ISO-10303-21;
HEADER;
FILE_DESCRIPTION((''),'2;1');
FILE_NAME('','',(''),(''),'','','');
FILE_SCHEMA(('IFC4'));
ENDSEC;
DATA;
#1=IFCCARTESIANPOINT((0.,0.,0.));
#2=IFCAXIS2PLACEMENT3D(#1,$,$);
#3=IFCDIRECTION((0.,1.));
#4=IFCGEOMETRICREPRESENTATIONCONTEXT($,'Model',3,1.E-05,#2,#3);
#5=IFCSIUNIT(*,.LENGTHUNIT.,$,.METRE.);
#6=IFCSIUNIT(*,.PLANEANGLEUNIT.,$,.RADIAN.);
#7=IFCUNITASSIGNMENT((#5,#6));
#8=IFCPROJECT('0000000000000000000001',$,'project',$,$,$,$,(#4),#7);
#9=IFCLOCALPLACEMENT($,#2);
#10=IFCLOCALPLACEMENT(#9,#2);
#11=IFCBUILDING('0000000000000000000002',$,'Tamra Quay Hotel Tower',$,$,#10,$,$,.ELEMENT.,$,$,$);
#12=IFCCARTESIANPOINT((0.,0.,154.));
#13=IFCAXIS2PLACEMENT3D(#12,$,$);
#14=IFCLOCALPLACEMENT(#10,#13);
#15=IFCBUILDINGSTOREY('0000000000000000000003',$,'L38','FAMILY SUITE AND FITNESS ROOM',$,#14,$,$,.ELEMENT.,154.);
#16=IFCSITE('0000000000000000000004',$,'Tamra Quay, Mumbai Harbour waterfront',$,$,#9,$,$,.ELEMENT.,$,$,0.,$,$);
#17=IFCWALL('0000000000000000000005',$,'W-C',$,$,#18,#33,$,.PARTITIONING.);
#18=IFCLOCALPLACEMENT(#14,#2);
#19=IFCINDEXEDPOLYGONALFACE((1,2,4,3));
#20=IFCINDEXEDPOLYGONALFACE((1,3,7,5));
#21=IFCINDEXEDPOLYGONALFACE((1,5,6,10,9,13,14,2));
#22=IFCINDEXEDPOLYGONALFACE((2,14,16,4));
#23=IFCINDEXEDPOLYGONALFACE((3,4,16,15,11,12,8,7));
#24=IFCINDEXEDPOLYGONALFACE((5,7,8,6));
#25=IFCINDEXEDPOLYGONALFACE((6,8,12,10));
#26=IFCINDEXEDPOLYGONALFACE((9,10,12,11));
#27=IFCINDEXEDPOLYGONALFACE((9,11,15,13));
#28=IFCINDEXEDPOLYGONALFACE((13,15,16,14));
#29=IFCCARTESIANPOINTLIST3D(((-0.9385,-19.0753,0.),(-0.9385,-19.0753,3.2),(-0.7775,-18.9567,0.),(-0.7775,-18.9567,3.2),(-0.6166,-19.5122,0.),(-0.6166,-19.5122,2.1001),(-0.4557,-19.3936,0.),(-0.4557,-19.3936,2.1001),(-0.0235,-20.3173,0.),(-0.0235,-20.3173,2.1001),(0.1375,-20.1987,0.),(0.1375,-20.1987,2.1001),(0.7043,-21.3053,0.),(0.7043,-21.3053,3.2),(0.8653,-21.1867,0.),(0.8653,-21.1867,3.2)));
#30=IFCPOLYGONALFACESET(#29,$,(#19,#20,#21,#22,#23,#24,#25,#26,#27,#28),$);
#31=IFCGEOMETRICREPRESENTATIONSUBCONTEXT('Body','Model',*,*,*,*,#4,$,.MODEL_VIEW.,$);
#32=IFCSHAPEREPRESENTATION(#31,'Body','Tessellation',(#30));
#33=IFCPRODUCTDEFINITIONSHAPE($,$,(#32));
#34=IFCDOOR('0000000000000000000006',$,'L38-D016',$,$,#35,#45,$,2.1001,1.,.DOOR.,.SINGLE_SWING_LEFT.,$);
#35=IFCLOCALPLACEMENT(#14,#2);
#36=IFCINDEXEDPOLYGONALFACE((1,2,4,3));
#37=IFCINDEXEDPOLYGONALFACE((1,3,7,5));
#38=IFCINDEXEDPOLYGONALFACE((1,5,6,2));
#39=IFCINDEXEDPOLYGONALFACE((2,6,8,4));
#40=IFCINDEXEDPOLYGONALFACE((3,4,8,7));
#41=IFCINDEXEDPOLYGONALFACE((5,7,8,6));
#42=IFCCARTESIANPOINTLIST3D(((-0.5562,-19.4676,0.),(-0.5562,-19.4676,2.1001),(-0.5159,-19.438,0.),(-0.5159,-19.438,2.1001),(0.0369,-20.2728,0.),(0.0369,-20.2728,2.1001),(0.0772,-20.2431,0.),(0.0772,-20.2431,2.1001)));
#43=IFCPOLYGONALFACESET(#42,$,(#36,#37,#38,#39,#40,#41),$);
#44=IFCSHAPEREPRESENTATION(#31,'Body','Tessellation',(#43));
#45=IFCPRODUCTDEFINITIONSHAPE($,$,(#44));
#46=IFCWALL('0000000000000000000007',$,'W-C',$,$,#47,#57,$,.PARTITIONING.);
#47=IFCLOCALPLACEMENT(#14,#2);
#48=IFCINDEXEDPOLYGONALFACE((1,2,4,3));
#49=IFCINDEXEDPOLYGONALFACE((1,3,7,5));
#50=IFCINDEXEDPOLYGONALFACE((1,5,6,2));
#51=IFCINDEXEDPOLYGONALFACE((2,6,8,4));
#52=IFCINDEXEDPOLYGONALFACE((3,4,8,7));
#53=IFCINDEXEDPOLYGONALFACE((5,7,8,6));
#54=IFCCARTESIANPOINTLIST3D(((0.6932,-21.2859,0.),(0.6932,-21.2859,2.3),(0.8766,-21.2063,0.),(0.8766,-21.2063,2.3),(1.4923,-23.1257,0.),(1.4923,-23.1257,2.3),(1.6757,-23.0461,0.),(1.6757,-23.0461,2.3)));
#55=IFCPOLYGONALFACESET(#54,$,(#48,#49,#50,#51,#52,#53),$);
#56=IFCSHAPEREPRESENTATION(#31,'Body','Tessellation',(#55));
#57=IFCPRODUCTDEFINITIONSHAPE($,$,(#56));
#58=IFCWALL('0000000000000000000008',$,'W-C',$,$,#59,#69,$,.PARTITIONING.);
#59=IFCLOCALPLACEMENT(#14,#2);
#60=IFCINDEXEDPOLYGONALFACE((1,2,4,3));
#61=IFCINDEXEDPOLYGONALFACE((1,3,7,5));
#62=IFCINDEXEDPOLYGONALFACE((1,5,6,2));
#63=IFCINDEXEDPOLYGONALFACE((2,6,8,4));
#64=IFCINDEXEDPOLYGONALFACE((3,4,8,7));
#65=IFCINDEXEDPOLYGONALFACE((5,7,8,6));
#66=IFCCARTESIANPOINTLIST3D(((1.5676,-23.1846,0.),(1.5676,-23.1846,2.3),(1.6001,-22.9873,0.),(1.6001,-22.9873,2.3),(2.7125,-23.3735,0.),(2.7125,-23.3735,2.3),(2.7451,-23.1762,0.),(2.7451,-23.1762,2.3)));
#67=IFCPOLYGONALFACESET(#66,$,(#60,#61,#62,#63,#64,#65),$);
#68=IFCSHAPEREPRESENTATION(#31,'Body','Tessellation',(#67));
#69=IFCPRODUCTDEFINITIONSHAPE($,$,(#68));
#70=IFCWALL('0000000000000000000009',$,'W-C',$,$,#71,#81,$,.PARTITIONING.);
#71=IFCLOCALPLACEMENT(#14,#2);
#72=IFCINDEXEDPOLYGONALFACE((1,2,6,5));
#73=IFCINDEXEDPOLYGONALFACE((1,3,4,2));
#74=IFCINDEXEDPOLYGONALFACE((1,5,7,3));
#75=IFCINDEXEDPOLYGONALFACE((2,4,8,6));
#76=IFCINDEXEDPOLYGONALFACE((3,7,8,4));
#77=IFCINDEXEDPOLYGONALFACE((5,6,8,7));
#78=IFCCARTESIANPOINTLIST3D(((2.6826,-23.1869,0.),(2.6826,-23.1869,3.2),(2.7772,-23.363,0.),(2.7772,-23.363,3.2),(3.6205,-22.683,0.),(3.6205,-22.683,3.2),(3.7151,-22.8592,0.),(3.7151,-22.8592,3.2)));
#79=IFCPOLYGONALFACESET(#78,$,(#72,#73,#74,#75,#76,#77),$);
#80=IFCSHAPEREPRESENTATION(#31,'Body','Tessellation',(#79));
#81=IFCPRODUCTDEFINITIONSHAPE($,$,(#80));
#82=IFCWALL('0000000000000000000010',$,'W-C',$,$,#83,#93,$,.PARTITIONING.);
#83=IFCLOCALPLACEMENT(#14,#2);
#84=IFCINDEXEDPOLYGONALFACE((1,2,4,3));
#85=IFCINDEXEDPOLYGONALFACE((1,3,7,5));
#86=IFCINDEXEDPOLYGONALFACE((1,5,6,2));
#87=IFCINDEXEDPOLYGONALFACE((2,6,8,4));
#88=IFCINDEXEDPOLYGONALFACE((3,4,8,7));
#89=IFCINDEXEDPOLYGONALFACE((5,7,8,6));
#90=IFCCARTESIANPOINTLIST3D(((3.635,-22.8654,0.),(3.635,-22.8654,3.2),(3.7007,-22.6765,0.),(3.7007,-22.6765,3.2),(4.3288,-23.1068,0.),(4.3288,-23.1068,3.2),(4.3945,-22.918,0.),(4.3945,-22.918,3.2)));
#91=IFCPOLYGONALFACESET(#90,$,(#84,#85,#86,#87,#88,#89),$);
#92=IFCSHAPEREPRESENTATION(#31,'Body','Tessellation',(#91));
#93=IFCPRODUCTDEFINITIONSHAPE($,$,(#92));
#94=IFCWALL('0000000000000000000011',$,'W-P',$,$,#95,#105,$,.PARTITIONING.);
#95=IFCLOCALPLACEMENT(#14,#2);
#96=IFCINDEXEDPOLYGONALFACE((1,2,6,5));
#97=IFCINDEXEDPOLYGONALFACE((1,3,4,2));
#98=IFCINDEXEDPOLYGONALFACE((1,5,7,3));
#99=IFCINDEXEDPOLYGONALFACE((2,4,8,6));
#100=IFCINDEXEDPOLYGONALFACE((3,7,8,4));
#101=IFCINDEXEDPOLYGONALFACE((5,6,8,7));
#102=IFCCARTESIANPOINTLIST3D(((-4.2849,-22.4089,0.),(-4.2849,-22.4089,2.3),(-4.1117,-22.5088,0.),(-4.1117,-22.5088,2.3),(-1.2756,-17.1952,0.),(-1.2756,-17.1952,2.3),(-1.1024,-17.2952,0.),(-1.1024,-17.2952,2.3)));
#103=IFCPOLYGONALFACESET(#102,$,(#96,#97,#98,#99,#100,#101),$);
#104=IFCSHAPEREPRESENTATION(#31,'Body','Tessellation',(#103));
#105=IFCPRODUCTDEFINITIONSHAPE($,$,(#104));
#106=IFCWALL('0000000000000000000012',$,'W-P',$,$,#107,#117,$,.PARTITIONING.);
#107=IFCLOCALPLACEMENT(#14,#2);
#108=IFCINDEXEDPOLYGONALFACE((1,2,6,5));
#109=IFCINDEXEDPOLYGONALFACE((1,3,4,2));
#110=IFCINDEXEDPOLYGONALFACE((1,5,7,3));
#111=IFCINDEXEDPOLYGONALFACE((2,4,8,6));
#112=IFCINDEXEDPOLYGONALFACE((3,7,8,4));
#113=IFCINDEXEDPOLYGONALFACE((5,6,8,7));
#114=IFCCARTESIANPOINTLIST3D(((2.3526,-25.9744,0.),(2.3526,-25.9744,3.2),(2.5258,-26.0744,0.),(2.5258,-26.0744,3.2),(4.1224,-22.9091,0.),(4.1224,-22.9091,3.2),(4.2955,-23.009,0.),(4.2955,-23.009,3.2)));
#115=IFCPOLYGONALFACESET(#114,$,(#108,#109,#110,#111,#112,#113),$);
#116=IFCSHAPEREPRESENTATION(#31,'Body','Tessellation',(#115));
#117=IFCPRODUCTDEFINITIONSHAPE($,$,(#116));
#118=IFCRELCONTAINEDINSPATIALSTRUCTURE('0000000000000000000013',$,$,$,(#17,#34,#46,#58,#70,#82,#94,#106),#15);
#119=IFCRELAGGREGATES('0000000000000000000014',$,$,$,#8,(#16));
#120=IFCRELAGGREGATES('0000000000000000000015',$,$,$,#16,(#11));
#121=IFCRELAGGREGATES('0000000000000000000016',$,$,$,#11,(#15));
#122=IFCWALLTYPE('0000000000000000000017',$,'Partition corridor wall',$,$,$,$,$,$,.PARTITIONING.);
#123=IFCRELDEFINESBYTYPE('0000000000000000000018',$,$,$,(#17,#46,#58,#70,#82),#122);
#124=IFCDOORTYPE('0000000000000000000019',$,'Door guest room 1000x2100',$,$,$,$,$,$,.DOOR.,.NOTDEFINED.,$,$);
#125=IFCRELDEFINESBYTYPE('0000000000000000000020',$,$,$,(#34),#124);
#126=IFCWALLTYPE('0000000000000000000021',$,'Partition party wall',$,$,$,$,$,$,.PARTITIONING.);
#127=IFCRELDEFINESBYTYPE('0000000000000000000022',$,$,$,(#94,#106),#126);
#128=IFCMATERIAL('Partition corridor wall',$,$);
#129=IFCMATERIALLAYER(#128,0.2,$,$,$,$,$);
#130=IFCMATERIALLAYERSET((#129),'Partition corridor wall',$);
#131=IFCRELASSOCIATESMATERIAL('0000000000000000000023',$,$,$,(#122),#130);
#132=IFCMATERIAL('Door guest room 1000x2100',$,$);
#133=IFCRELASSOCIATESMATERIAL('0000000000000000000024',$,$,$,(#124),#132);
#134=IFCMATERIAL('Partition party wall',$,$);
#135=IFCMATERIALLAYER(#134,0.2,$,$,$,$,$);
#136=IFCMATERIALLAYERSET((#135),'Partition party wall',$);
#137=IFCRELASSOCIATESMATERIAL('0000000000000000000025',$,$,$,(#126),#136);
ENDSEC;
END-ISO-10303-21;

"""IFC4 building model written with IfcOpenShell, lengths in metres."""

from ifc_helpers import new_model, si_unit, direction, frame, frame_2d, origin, place, context, subcontext, project, spatial, rectangle, extrude, material, layer, layer_set, type_object, element, fill, save


model = new_model("IFC4")

# Units and contexts
model_context = context("Model", 3, precision=1e-05, world=origin(), true_north=direction((0.0, 1.0)))
body_context = subcontext(model_context, "Body", "Model", "MODEL_VIEW")
ifc_project = project(units=[si_unit("LENGTHUNIT", "METRE"), si_unit("PLANEANGLEUNIT", "RADIAN")], contexts=[model_context])

# Site, building, storey
site_placement = place(None, origin())
site = spatial("IfcSite", under=ifc_project, at=site_placement, Name="Tamra Quay, Mumbai Harbour waterfront", CompositionType="ELEMENT", RefElevation=0.0)
building_placement = place(site_placement, origin())
building = spatial("IfcBuilding", under=site, at=building_placement, Name="Tamra Quay Hotel Tower", CompositionType="ELEMENT")
storey_placement = place(building_placement, frame((0.0, 0.0, 154.0)))
storey = spatial("IfcBuildingStorey", under=building, at=storey_placement, Name="L38", Description="FAMILY SUITE AND FITNESS ROOM", CompositionType="ELEMENT", Elevation=154.0)

# Wall, opening, door
ifc_material_1 = material(Name="Partition corridor wall")
ifc_layer_1 = layer(ifc_material_1, 0.2)
ifc_layer_set_1 = layer_set([ifc_layer_1], Name="Partition corridor wall")
wall_type_1 = type_object("IfcWallType", Name="Partition corridor wall", PredefinedType="PARTITIONING", material=ifc_layer_set_1)
wall_1_placement = place(storey_placement, frame((-0.8579, -19.0161, 0.0), z_axis=(0.0, 0.0, 1.0), x_axis=(0.593124, -0.805111, 0.0)))
wall_1 = element("IfcWall", 1, at=wall_1_placement, inside=storey, type_object=wall_type_1, Name="W-C", PredefinedType="PARTITIONING", context=body_context, shape_type="SweptSolid", body=[
    extrude(rectangle(XDim=2.7698, YDim=0.2, at=frame_2d((1.3848, 0.0))), origin(), (0.0, 0.0, 1.0), 3.2),
])
opening_placement = place(wall_1_placement, frame((0.5425, 0.0, 0.0)))
opening = element("IfcOpeningElement", 2, at=opening_placement, cuts=wall_1, PredefinedType="OPENING", context=body_context, shape_type="SweptSolid", body=[
    extrude(rectangle(XDim=1.0, YDim=2.1001, at=frame_2d((0.5, 1.05))), frame((0.0, 0.1099, 0.0), z_axis=(0.0, -1.0, 0.0), x_axis=(1.0, 0.0, 0.0)), (0.0, 0.0, 1.0), 0.22),
])
ifc_material_2 = material(Name="Door guest room 1000x2100")
door_type = type_object("IfcDoorType", Name="Door guest room 1000x2100", OperationType="NOTDEFINED", PredefinedType="DOOR", material=ifc_material_2)
door_placement = place(opening_placement, frame((1.0, 0.0, 0.0), z_axis=(0.0, 0.0, 1.0), x_axis=(-1.0, 0.0, 0.0)))
door = element("IfcDoor", 3, at=door_placement, inside=storey, type_object=door_type, Name="L38-D016", OperationType="SINGLE_SWING_LEFT", OverallHeight=2.1001, OverallWidth=1.0, PredefinedType="DOOR", context=body_context, shape_type="SweptSolid", body=[
    extrude(rectangle(XDim=1.0, YDim=2.1001, at=frame_2d((0.5, 1.05))), frame((0.0, 0.0249, 0.0), z_axis=(0.0, -1.0, 0.0), x_axis=(1.0, 0.0, 0.0)), (0.0, 0.0, 1.0), 0.05),
])
fill(opening, door)

# Walls
wall_2_placement = place(storey_placement, frame((0.7849, -21.2461, 0.0), z_axis=(0.0, 0.0, 1.0), x_axis=(0.398366, -0.917227, 0.0)))
element("IfcWall", 4, at=wall_2_placement, inside=storey, type_object=wall_type_1, Name="W-C", PredefinedType="PARTITIONING", context=body_context, shape_type="SweptSolid", body=[
    extrude(rectangle(XDim=2.0059, YDim=0.2, at=frame_2d((1.0029, 0.0))), origin(), (0.0, 0.0, 1.0), 2.3),
])
wall_3_placement = place(storey_placement, frame((1.584, -23.0859, 0.0), z_axis=(0.0, 0.0, 1.0), x_axis=(0.986654, -0.16283, 0.0)))
element("IfcWall", 5, at=wall_3_placement, inside=storey, type_object=wall_type_1, Name="W-C", PredefinedType="PARTITIONING", context=body_context, shape_type="SweptSolid", body=[
    extrude(rectangle(XDim=1.1604, YDim=0.2, at=frame_2d((0.5801, 0.0))), origin(), (0.0, 0.0, 1.0), 2.3),
])
wall_4_placement = place(storey_placement, frame((2.73, -23.2749, 0.0), z_axis=(0.0, 0.0, 1.0), x_axis=(0.880927, 0.473252, 0.0)))
element("IfcWall", 6, at=wall_4_placement, inside=storey, type_object=wall_type_1, Name="W-C", PredefinedType="PARTITIONING", context=body_context, shape_type="SweptSolid", body=[
    extrude(rectangle(XDim=1.0647, YDim=0.2, at=frame_2d((0.5322, 0.0))), origin(), (0.0, 0.0, 1.0), 3.2),
])
wall_5_placement = place(storey_placement, frame((3.668, -22.771, 0.0), z_axis=(0.0, 0.0, 1.0), x_axis=(0.944447, -0.328662, 0.0)))
element("IfcWall", 7, at=wall_5_placement, inside=storey, type_object=wall_type_1, Name="W-C", PredefinedType="PARTITIONING", context=body_context, shape_type="SweptSolid", body=[
    extrude(rectangle(XDim=0.7346, YDim=0.2, at=frame_2d((0.3672, 0.0))), origin(), (0.0, 0.0, 1.0), 3.2),
])
ifc_material_3 = material(Name="Partition party wall")
ifc_layer_2 = layer(ifc_material_3, 0.2)
ifc_layer_set_2 = layer_set([ifc_layer_2], Name="Partition party wall")
wall_type_2 = type_object("IfcWallType", Name="Partition party wall", PredefinedType="PARTITIONING", material=ifc_layer_set_2)
wall_6_placement = place(storey_placement, frame((-4.1982, -22.4587, 0.0), z_axis=(0.0, 0.0, 1.0), x_axis=(0.499899, 0.866084, 0.0)))
element("IfcWall", 8, at=wall_6_placement, inside=storey, type_object=wall_type_2, Name="W-P", PredefinedType="PARTITIONING", context=body_context, shape_type="SweptSolid", body=[
    extrude(rectangle(XDim=6.0198, YDim=0.2, at=frame_2d((3.0098, 0.0))), origin(), (0.0, 0.0, 1.0), 2.3),
])
wall_7_placement = place(storey_placement, frame((2.4392, -26.0244, 0.0), z_axis=(0.0, 0.0, 1.0), x_axis=(0.499989, 0.866032, 0.0)))
element("IfcWall", 9, at=wall_7_placement, inside=storey, type_object=wall_type_2, Name="W-P", PredefinedType="PARTITIONING", context=body_context, shape_type="SweptSolid", body=[
    extrude(rectangle(XDim=3.5396, YDim=0.2, at=frame_2d((1.7698, 0.0))), origin(), (0.0, 0.0, 1.0), 3.2),
])

save(model, "model.ifc")
